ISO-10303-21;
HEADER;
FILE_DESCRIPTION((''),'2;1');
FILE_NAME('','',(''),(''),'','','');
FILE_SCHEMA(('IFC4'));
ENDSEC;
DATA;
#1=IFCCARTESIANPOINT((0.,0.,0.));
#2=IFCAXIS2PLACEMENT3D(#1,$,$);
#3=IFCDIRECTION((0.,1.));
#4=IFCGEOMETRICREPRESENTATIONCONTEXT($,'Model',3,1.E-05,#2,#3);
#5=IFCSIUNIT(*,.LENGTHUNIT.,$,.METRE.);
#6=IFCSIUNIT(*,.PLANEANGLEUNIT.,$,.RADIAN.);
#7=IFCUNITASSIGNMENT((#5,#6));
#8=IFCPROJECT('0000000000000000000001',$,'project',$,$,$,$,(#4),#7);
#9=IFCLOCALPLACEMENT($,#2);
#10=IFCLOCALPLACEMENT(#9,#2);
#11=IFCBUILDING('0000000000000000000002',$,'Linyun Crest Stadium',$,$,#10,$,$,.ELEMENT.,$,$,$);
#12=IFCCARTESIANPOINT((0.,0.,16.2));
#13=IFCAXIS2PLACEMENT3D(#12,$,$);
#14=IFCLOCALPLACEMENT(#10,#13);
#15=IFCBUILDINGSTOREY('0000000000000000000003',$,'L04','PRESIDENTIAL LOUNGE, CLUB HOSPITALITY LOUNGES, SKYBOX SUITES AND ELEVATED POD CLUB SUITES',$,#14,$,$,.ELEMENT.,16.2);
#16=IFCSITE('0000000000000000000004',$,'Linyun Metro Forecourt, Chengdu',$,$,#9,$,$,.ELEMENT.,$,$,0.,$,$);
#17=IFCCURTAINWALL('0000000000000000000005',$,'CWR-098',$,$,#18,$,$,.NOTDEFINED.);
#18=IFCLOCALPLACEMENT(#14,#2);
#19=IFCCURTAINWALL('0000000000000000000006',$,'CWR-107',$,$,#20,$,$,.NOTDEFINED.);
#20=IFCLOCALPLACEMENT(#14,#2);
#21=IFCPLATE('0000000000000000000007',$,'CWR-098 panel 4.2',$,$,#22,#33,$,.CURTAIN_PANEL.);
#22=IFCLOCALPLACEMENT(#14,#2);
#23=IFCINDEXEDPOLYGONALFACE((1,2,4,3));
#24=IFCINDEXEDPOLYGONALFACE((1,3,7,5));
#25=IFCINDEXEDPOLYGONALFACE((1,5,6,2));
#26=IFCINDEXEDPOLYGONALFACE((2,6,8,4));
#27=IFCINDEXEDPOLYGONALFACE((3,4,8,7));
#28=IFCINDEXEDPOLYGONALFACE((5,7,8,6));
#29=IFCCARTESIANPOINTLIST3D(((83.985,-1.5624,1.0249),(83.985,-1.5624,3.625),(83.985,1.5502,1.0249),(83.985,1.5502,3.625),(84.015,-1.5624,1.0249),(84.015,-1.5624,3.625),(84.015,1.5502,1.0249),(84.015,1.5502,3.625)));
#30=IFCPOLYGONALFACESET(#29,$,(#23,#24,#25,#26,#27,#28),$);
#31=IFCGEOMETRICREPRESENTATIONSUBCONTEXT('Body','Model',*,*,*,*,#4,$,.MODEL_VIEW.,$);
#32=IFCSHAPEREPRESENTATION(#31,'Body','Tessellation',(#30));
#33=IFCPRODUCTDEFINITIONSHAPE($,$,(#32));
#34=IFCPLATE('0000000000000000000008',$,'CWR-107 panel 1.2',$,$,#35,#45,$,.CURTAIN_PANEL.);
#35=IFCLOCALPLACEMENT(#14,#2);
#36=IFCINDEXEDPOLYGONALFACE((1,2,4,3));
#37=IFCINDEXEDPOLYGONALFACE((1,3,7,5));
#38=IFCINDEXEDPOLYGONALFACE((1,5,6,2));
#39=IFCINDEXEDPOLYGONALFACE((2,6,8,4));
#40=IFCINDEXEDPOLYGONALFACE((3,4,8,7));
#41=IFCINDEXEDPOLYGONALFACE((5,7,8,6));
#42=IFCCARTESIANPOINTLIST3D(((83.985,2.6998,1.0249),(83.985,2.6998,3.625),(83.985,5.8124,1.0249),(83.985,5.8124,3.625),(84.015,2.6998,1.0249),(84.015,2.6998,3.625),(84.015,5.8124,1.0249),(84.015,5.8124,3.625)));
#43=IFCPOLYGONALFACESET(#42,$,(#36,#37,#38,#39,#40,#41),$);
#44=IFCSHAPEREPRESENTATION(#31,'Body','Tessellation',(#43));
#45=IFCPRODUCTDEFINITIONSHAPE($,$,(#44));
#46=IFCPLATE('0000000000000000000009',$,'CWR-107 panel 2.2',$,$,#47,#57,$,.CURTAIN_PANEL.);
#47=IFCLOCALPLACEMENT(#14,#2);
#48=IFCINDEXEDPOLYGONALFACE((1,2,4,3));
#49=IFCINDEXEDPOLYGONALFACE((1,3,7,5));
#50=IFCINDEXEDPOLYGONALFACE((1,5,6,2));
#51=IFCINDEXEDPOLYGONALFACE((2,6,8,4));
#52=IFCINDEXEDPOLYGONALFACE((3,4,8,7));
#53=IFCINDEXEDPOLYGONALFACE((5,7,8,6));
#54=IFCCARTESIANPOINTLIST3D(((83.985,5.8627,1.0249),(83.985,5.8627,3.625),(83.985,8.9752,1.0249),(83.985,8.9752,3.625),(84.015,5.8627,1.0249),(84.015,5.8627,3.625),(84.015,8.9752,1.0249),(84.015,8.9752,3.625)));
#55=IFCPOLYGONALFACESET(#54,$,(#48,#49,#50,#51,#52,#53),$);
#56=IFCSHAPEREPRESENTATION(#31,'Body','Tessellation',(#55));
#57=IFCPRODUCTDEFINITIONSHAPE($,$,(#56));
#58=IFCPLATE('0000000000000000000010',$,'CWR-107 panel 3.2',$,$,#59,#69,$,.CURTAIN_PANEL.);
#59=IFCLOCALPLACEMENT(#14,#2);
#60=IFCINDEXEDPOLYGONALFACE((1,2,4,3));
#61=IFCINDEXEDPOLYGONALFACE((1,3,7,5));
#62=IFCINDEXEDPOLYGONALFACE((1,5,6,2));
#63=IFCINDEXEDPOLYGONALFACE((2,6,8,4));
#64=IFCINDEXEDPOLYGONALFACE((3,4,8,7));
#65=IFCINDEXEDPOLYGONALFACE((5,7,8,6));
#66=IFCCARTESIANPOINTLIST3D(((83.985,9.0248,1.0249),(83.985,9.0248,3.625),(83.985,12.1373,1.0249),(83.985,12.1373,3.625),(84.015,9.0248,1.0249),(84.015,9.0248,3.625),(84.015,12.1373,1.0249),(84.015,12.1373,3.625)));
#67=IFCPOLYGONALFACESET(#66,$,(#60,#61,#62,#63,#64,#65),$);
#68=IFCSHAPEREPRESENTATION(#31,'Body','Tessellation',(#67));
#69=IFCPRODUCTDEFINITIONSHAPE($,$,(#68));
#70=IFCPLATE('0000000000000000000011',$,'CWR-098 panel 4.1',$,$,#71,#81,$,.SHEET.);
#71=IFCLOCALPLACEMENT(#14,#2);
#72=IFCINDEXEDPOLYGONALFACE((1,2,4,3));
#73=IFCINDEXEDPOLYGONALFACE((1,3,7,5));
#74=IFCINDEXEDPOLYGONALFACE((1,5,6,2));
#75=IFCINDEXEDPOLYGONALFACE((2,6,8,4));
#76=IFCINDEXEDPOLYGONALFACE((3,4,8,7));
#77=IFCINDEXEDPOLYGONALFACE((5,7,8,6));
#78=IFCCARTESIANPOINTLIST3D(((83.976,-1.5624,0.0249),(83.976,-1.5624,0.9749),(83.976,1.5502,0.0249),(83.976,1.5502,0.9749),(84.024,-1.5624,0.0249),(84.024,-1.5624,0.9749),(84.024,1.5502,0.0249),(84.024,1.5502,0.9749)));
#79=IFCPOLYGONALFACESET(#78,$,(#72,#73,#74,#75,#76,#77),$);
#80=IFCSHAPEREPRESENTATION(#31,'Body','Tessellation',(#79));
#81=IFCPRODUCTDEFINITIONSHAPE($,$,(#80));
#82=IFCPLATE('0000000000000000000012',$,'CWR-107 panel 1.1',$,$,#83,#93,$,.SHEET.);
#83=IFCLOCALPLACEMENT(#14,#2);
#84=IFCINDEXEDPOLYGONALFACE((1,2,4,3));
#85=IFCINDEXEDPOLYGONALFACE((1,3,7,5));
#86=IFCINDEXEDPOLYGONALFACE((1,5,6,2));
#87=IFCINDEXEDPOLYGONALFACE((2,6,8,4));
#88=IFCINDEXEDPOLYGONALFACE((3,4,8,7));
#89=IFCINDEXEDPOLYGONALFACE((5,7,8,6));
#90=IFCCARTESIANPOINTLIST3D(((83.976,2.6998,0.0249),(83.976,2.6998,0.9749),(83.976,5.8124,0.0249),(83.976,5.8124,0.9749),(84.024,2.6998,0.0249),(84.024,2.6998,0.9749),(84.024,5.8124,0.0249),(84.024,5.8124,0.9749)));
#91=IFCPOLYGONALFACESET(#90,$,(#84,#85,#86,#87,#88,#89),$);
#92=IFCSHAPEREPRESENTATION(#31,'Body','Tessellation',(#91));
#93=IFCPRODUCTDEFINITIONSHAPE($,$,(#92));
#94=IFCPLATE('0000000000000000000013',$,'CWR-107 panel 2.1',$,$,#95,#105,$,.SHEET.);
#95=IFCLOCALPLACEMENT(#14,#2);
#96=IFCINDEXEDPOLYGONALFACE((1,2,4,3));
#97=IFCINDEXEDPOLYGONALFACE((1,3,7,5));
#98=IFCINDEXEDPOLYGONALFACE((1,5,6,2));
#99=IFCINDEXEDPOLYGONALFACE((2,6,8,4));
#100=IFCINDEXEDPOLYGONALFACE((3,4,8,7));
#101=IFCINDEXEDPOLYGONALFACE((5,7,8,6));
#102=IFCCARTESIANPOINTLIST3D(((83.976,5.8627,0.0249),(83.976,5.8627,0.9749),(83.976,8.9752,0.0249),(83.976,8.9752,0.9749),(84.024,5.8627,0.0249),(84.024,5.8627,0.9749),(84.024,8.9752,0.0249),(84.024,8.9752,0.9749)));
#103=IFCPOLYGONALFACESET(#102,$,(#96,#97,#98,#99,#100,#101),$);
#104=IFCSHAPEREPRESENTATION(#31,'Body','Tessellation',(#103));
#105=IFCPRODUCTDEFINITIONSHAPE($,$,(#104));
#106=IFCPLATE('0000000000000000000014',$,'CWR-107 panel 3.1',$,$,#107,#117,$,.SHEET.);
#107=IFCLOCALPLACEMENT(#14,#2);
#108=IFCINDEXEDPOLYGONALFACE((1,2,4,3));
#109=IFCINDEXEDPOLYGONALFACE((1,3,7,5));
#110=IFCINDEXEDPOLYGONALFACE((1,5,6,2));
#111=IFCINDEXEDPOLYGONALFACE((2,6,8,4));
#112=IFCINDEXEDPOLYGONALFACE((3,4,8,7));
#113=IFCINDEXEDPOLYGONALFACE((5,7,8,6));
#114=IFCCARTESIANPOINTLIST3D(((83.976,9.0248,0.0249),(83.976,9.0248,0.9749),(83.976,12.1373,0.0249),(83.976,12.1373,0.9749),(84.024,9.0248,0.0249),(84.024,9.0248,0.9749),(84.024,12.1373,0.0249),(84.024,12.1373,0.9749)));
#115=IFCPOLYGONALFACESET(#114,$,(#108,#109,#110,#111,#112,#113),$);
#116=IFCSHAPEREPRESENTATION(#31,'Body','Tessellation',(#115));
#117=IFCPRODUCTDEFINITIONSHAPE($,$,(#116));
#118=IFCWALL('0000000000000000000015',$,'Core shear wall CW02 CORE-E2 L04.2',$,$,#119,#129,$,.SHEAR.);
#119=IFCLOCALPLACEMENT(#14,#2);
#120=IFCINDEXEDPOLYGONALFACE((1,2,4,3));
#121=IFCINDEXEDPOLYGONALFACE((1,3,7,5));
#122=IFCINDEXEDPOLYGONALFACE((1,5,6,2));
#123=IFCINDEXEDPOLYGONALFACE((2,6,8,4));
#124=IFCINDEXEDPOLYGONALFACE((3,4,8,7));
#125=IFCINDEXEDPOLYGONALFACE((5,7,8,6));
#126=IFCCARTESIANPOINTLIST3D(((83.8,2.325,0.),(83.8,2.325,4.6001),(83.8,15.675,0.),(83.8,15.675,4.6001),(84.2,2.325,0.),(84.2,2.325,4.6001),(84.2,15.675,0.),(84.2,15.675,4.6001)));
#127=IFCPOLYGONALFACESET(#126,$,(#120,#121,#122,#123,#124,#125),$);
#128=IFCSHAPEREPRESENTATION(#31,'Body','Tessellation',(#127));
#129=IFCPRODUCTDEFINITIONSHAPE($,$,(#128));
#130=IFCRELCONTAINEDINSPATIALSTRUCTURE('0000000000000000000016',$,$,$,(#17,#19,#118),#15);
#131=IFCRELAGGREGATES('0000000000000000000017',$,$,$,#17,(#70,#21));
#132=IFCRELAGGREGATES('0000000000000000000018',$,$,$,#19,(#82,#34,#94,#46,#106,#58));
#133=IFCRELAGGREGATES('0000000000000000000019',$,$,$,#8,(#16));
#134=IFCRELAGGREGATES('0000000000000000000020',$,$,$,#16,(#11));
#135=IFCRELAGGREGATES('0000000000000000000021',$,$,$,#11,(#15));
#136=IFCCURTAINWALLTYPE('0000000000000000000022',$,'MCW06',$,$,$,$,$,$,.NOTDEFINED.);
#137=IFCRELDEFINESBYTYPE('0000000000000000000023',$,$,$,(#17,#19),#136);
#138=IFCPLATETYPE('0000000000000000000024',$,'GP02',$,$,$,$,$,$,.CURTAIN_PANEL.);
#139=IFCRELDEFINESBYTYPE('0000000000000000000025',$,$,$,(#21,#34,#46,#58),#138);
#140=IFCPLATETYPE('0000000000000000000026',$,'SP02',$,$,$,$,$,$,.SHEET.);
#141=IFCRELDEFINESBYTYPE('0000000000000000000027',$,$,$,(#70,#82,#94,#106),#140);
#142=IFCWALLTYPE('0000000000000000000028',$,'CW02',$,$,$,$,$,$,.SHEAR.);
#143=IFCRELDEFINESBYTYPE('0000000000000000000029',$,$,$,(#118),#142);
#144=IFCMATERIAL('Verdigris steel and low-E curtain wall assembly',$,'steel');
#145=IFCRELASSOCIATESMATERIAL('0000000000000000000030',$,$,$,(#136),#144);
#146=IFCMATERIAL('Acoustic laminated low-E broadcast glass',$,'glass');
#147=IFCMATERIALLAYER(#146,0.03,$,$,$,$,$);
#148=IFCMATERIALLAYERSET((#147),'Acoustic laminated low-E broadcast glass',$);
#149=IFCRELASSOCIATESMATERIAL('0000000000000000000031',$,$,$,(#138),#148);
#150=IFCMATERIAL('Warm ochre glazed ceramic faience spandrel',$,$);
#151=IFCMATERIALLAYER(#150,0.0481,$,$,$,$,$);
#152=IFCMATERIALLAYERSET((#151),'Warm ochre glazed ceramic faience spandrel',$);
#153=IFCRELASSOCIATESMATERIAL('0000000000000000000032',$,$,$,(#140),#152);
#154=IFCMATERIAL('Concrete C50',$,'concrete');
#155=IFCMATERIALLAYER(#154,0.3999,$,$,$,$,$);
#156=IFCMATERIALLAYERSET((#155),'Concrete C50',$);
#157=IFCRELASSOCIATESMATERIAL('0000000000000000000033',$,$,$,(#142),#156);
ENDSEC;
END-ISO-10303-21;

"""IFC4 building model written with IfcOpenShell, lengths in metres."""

from ifc_helpers import new_model, si_unit, direction, frame, frame_2d, origin, origin_2d, place, context, subcontext, project, spatial, rectangle, extrude, material, layer, layer_set, type_object, element, aggregate, save


model = new_model("IFC4")

# Units and contexts
model_context = context("Model", 3, precision=1e-05, world=origin(), true_north=direction((0.0, 1.0)))
body_context = subcontext(model_context, "Body", "Model", "MODEL_VIEW")
ifc_project = project(units=[si_unit("LENGTHUNIT", "METRE"), si_unit("PLANEANGLEUNIT", "RADIAN")], contexts=[model_context])

# Site, building, storey
site_placement = place(None, origin())
site = spatial("IfcSite", under=ifc_project, at=site_placement, Name="Linyun Metro Forecourt, Chengdu", CompositionType="ELEMENT", RefElevation=0.0)
building_placement = place(site_placement, origin())
building = spatial("IfcBuilding", under=site, at=building_placement, Name="Linyun Crest Stadium", CompositionType="ELEMENT")
storey_placement = place(building_placement, frame((0.0, 0.0, 16.2)))
storey = spatial("IfcBuildingStorey", under=building, at=storey_placement, Name="L04", Description="PRESIDENTIAL LOUNGE, CLUB HOSPITALITY LOUNGES, SKYBOX SUITES AND ELEVATED POD CLUB SUITES", CompositionType="ELEMENT", Elevation=16.2)

# Curtain wall
ifc_material_1 = material(Name="Verdigris steel and low-E curtain wall assembly", Category="steel")
curtain_wall_type = type_object("IfcCurtainWallType", Name="MCW06", PredefinedType="NOTDEFINED", material=ifc_material_1)
curtain_wall_1_placement = place(storey_placement, origin())
curtain_wall_1 = element("IfcCurtainWall", 1, at=curtain_wall_1_placement, inside=storey, type_object=curtain_wall_type, Name="CWR-098", PredefinedType="NOTDEFINED")

# Curtain wall
curtain_wall_2_placement = place(storey_placement, origin())
curtain_wall_2 = element("IfcCurtainWall", 2, at=curtain_wall_2_placement, inside=storey, type_object=curtain_wall_type, Name="CWR-107", PredefinedType="NOTDEFINED")

# Plates
ifc_material_2 = material(Name="Acoustic laminated low-E broadcast glass", Category="glass")
ifc_layer_1 = layer(ifc_material_2, 0.03)
ifc_layer_set_1 = layer_set([ifc_layer_1], Name="Acoustic laminated low-E broadcast glass")
plate_type_1 = type_object("IfcPlateType", Name="GP02", PredefinedType="CURTAIN_PANEL", material=ifc_layer_set_1)
plate_1_placement = place(storey_placement, frame((84.0, -0.0061, 1.0249), z_axis=(0.0, 0.0, 1.0), x_axis=(0.0, 1.0, 0.0)))
plate_1 = element("IfcPlate", 3, at=plate_1_placement, type_object=plate_type_1, Name="CWR-098 panel 4.2", PredefinedType="CURTAIN_PANEL", context=body_context, shape_type="SweptSolid", body=[
    extrude(rectangle(XDim=3.1125, YDim=0.03, at=origin_2d()), origin(), (0.0, 0.0, 1.0), 2.6001),
])
plate_2_placement = place(storey_placement, frame((84.0, 4.2561, 1.0249), z_axis=(0.0, 0.0, 1.0), x_axis=(0.0, 1.0, 0.0)))
plate_2 = element("IfcPlate", 4, at=plate_2_placement, type_object=plate_type_1, Name="CWR-107 panel 1.2", PredefinedType="CURTAIN_PANEL", context=body_context, shape_type="SweptSolid", body=[
    extrude(rectangle(XDim=3.1125, YDim=0.03, at=origin_2d()), origin(), (0.0, 0.0, 1.0), 2.6001),
])
plate_3_placement = place(storey_placement, frame((84.0, 7.4189, 1.0249), z_axis=(0.0, 0.0, 1.0), x_axis=(0.0, 1.0, 0.0)))
plate_3 = element("IfcPlate", 5, at=plate_3_placement, type_object=plate_type_1, Name="CWR-107 panel 2.2", PredefinedType="CURTAIN_PANEL", context=body_context, shape_type="SweptSolid", body=[
    extrude(rectangle(XDim=3.1125, YDim=0.03, at=origin_2d()), origin(), (0.0, 0.0, 1.0), 2.6001),
])
plate_4_placement = place(storey_placement, frame((84.0, 10.5811, 1.0249), z_axis=(0.0, 0.0, 1.0), x_axis=(0.0, 1.0, 0.0)))
plate_4 = element("IfcPlate", 6, at=plate_4_placement, type_object=plate_type_1, Name="CWR-107 panel 3.2", PredefinedType="CURTAIN_PANEL", context=body_context, shape_type="SweptSolid", body=[
    extrude(rectangle(XDim=3.1125, YDim=0.03, at=origin_2d()), origin(), (0.0, 0.0, 1.0), 2.6001),
])
ifc_material_3 = material(Name="Warm ochre glazed ceramic faience spandrel")
ifc_layer_2 = layer(ifc_material_3, 0.0481)
ifc_layer_set_2 = layer_set([ifc_layer_2], Name="Warm ochre glazed ceramic faience spandrel")
plate_type_2 = type_object("IfcPlateType", Name="SP02", PredefinedType="SHEET", material=ifc_layer_set_2)
plate_5_placement = place(storey_placement, frame((84.0, -0.0061, 0.0249), z_axis=(0.0, 0.0, 1.0), x_axis=(0.0, 1.0, 0.0)))
plate_5 = element("IfcPlate", 7, at=plate_5_placement, type_object=plate_type_2, Name="CWR-098 panel 4.1", PredefinedType="SHEET", context=body_context, shape_type="SweptSolid", body=[
    extrude(rectangle(XDim=3.1125, YDim=0.0481, at=origin_2d()), origin(), (0.0, 0.0, 1.0), 0.95),
])
aggregate(curtain_wall_1, [plate_5, plate_1])
plate_6_placement = place(storey_placement, frame((84.0, 4.2561, 0.0249), z_axis=(0.0, 0.0, 1.0), x_axis=(0.0, 1.0, 0.0)))
plate_6 = element("IfcPlate", 8, at=plate_6_placement, type_object=plate_type_2, Name="CWR-107 panel 1.1", PredefinedType="SHEET", context=body_context, shape_type="SweptSolid", body=[
    extrude(rectangle(XDim=3.1125, YDim=0.0481, at=origin_2d()), origin(), (0.0, 0.0, 1.0), 0.95),
])
plate_7_placement = place(storey_placement, frame((84.0, 7.4189, 0.0249), z_axis=(0.0, 0.0, 1.0), x_axis=(0.0, 1.0, 0.0)))
plate_7 = element("IfcPlate", 9, at=plate_7_placement, type_object=plate_type_2, Name="CWR-107 panel 2.1", PredefinedType="SHEET", context=body_context, shape_type="SweptSolid", body=[
    extrude(rectangle(XDim=3.1125, YDim=0.0481, at=origin_2d()), origin(), (0.0, 0.0, 1.0), 0.95),
])
plate_8_placement = place(storey_placement, frame((84.0, 10.5811, 0.0249), z_axis=(0.0, 0.0, 1.0), x_axis=(0.0, 1.0, 0.0)))
plate_8 = element("IfcPlate", 10, at=plate_8_placement, type_object=plate_type_2, Name="CWR-107 panel 3.1", PredefinedType="SHEET", context=body_context, shape_type="SweptSolid", body=[
    extrude(rectangle(XDim=3.1125, YDim=0.0481, at=origin_2d()), origin(), (0.0, 0.0, 1.0), 0.95),
])
aggregate(curtain_wall_2, [plate_6, plate_2, plate_7, plate_3, plate_8, plate_4])

# Wall
ifc_material_4 = material(Name="Concrete C50", Category="concrete")
ifc_layer_3 = layer(ifc_material_4, 0.3999)
ifc_layer_set_3 = layer_set([ifc_layer_3], Name="Concrete C50")
wall_type = type_object("IfcWallType", Name="CW02", PredefinedType="SHEAR", material=ifc_layer_set_3)
wall_placement = place(storey_placement, frame((84.0, 2.325, 0.0), z_axis=(0.0, 0.0, 1.0), x_axis=(0.0, 1.0, 0.0)))
element("IfcWall", 11, at=wall_placement, inside=storey, type_object=wall_type, Name="Core shear wall CW02 CORE-E2 L04.2", PredefinedType="SHEAR", context=body_context, shape_type="SweptSolid", body=[
    extrude(rectangle(XDim=13.3501, YDim=0.3999, at=frame_2d((6.675, 0.0))), origin(), (0.0, 0.0, 1.0), 4.6001),
])

save(model, "model.ifc")
